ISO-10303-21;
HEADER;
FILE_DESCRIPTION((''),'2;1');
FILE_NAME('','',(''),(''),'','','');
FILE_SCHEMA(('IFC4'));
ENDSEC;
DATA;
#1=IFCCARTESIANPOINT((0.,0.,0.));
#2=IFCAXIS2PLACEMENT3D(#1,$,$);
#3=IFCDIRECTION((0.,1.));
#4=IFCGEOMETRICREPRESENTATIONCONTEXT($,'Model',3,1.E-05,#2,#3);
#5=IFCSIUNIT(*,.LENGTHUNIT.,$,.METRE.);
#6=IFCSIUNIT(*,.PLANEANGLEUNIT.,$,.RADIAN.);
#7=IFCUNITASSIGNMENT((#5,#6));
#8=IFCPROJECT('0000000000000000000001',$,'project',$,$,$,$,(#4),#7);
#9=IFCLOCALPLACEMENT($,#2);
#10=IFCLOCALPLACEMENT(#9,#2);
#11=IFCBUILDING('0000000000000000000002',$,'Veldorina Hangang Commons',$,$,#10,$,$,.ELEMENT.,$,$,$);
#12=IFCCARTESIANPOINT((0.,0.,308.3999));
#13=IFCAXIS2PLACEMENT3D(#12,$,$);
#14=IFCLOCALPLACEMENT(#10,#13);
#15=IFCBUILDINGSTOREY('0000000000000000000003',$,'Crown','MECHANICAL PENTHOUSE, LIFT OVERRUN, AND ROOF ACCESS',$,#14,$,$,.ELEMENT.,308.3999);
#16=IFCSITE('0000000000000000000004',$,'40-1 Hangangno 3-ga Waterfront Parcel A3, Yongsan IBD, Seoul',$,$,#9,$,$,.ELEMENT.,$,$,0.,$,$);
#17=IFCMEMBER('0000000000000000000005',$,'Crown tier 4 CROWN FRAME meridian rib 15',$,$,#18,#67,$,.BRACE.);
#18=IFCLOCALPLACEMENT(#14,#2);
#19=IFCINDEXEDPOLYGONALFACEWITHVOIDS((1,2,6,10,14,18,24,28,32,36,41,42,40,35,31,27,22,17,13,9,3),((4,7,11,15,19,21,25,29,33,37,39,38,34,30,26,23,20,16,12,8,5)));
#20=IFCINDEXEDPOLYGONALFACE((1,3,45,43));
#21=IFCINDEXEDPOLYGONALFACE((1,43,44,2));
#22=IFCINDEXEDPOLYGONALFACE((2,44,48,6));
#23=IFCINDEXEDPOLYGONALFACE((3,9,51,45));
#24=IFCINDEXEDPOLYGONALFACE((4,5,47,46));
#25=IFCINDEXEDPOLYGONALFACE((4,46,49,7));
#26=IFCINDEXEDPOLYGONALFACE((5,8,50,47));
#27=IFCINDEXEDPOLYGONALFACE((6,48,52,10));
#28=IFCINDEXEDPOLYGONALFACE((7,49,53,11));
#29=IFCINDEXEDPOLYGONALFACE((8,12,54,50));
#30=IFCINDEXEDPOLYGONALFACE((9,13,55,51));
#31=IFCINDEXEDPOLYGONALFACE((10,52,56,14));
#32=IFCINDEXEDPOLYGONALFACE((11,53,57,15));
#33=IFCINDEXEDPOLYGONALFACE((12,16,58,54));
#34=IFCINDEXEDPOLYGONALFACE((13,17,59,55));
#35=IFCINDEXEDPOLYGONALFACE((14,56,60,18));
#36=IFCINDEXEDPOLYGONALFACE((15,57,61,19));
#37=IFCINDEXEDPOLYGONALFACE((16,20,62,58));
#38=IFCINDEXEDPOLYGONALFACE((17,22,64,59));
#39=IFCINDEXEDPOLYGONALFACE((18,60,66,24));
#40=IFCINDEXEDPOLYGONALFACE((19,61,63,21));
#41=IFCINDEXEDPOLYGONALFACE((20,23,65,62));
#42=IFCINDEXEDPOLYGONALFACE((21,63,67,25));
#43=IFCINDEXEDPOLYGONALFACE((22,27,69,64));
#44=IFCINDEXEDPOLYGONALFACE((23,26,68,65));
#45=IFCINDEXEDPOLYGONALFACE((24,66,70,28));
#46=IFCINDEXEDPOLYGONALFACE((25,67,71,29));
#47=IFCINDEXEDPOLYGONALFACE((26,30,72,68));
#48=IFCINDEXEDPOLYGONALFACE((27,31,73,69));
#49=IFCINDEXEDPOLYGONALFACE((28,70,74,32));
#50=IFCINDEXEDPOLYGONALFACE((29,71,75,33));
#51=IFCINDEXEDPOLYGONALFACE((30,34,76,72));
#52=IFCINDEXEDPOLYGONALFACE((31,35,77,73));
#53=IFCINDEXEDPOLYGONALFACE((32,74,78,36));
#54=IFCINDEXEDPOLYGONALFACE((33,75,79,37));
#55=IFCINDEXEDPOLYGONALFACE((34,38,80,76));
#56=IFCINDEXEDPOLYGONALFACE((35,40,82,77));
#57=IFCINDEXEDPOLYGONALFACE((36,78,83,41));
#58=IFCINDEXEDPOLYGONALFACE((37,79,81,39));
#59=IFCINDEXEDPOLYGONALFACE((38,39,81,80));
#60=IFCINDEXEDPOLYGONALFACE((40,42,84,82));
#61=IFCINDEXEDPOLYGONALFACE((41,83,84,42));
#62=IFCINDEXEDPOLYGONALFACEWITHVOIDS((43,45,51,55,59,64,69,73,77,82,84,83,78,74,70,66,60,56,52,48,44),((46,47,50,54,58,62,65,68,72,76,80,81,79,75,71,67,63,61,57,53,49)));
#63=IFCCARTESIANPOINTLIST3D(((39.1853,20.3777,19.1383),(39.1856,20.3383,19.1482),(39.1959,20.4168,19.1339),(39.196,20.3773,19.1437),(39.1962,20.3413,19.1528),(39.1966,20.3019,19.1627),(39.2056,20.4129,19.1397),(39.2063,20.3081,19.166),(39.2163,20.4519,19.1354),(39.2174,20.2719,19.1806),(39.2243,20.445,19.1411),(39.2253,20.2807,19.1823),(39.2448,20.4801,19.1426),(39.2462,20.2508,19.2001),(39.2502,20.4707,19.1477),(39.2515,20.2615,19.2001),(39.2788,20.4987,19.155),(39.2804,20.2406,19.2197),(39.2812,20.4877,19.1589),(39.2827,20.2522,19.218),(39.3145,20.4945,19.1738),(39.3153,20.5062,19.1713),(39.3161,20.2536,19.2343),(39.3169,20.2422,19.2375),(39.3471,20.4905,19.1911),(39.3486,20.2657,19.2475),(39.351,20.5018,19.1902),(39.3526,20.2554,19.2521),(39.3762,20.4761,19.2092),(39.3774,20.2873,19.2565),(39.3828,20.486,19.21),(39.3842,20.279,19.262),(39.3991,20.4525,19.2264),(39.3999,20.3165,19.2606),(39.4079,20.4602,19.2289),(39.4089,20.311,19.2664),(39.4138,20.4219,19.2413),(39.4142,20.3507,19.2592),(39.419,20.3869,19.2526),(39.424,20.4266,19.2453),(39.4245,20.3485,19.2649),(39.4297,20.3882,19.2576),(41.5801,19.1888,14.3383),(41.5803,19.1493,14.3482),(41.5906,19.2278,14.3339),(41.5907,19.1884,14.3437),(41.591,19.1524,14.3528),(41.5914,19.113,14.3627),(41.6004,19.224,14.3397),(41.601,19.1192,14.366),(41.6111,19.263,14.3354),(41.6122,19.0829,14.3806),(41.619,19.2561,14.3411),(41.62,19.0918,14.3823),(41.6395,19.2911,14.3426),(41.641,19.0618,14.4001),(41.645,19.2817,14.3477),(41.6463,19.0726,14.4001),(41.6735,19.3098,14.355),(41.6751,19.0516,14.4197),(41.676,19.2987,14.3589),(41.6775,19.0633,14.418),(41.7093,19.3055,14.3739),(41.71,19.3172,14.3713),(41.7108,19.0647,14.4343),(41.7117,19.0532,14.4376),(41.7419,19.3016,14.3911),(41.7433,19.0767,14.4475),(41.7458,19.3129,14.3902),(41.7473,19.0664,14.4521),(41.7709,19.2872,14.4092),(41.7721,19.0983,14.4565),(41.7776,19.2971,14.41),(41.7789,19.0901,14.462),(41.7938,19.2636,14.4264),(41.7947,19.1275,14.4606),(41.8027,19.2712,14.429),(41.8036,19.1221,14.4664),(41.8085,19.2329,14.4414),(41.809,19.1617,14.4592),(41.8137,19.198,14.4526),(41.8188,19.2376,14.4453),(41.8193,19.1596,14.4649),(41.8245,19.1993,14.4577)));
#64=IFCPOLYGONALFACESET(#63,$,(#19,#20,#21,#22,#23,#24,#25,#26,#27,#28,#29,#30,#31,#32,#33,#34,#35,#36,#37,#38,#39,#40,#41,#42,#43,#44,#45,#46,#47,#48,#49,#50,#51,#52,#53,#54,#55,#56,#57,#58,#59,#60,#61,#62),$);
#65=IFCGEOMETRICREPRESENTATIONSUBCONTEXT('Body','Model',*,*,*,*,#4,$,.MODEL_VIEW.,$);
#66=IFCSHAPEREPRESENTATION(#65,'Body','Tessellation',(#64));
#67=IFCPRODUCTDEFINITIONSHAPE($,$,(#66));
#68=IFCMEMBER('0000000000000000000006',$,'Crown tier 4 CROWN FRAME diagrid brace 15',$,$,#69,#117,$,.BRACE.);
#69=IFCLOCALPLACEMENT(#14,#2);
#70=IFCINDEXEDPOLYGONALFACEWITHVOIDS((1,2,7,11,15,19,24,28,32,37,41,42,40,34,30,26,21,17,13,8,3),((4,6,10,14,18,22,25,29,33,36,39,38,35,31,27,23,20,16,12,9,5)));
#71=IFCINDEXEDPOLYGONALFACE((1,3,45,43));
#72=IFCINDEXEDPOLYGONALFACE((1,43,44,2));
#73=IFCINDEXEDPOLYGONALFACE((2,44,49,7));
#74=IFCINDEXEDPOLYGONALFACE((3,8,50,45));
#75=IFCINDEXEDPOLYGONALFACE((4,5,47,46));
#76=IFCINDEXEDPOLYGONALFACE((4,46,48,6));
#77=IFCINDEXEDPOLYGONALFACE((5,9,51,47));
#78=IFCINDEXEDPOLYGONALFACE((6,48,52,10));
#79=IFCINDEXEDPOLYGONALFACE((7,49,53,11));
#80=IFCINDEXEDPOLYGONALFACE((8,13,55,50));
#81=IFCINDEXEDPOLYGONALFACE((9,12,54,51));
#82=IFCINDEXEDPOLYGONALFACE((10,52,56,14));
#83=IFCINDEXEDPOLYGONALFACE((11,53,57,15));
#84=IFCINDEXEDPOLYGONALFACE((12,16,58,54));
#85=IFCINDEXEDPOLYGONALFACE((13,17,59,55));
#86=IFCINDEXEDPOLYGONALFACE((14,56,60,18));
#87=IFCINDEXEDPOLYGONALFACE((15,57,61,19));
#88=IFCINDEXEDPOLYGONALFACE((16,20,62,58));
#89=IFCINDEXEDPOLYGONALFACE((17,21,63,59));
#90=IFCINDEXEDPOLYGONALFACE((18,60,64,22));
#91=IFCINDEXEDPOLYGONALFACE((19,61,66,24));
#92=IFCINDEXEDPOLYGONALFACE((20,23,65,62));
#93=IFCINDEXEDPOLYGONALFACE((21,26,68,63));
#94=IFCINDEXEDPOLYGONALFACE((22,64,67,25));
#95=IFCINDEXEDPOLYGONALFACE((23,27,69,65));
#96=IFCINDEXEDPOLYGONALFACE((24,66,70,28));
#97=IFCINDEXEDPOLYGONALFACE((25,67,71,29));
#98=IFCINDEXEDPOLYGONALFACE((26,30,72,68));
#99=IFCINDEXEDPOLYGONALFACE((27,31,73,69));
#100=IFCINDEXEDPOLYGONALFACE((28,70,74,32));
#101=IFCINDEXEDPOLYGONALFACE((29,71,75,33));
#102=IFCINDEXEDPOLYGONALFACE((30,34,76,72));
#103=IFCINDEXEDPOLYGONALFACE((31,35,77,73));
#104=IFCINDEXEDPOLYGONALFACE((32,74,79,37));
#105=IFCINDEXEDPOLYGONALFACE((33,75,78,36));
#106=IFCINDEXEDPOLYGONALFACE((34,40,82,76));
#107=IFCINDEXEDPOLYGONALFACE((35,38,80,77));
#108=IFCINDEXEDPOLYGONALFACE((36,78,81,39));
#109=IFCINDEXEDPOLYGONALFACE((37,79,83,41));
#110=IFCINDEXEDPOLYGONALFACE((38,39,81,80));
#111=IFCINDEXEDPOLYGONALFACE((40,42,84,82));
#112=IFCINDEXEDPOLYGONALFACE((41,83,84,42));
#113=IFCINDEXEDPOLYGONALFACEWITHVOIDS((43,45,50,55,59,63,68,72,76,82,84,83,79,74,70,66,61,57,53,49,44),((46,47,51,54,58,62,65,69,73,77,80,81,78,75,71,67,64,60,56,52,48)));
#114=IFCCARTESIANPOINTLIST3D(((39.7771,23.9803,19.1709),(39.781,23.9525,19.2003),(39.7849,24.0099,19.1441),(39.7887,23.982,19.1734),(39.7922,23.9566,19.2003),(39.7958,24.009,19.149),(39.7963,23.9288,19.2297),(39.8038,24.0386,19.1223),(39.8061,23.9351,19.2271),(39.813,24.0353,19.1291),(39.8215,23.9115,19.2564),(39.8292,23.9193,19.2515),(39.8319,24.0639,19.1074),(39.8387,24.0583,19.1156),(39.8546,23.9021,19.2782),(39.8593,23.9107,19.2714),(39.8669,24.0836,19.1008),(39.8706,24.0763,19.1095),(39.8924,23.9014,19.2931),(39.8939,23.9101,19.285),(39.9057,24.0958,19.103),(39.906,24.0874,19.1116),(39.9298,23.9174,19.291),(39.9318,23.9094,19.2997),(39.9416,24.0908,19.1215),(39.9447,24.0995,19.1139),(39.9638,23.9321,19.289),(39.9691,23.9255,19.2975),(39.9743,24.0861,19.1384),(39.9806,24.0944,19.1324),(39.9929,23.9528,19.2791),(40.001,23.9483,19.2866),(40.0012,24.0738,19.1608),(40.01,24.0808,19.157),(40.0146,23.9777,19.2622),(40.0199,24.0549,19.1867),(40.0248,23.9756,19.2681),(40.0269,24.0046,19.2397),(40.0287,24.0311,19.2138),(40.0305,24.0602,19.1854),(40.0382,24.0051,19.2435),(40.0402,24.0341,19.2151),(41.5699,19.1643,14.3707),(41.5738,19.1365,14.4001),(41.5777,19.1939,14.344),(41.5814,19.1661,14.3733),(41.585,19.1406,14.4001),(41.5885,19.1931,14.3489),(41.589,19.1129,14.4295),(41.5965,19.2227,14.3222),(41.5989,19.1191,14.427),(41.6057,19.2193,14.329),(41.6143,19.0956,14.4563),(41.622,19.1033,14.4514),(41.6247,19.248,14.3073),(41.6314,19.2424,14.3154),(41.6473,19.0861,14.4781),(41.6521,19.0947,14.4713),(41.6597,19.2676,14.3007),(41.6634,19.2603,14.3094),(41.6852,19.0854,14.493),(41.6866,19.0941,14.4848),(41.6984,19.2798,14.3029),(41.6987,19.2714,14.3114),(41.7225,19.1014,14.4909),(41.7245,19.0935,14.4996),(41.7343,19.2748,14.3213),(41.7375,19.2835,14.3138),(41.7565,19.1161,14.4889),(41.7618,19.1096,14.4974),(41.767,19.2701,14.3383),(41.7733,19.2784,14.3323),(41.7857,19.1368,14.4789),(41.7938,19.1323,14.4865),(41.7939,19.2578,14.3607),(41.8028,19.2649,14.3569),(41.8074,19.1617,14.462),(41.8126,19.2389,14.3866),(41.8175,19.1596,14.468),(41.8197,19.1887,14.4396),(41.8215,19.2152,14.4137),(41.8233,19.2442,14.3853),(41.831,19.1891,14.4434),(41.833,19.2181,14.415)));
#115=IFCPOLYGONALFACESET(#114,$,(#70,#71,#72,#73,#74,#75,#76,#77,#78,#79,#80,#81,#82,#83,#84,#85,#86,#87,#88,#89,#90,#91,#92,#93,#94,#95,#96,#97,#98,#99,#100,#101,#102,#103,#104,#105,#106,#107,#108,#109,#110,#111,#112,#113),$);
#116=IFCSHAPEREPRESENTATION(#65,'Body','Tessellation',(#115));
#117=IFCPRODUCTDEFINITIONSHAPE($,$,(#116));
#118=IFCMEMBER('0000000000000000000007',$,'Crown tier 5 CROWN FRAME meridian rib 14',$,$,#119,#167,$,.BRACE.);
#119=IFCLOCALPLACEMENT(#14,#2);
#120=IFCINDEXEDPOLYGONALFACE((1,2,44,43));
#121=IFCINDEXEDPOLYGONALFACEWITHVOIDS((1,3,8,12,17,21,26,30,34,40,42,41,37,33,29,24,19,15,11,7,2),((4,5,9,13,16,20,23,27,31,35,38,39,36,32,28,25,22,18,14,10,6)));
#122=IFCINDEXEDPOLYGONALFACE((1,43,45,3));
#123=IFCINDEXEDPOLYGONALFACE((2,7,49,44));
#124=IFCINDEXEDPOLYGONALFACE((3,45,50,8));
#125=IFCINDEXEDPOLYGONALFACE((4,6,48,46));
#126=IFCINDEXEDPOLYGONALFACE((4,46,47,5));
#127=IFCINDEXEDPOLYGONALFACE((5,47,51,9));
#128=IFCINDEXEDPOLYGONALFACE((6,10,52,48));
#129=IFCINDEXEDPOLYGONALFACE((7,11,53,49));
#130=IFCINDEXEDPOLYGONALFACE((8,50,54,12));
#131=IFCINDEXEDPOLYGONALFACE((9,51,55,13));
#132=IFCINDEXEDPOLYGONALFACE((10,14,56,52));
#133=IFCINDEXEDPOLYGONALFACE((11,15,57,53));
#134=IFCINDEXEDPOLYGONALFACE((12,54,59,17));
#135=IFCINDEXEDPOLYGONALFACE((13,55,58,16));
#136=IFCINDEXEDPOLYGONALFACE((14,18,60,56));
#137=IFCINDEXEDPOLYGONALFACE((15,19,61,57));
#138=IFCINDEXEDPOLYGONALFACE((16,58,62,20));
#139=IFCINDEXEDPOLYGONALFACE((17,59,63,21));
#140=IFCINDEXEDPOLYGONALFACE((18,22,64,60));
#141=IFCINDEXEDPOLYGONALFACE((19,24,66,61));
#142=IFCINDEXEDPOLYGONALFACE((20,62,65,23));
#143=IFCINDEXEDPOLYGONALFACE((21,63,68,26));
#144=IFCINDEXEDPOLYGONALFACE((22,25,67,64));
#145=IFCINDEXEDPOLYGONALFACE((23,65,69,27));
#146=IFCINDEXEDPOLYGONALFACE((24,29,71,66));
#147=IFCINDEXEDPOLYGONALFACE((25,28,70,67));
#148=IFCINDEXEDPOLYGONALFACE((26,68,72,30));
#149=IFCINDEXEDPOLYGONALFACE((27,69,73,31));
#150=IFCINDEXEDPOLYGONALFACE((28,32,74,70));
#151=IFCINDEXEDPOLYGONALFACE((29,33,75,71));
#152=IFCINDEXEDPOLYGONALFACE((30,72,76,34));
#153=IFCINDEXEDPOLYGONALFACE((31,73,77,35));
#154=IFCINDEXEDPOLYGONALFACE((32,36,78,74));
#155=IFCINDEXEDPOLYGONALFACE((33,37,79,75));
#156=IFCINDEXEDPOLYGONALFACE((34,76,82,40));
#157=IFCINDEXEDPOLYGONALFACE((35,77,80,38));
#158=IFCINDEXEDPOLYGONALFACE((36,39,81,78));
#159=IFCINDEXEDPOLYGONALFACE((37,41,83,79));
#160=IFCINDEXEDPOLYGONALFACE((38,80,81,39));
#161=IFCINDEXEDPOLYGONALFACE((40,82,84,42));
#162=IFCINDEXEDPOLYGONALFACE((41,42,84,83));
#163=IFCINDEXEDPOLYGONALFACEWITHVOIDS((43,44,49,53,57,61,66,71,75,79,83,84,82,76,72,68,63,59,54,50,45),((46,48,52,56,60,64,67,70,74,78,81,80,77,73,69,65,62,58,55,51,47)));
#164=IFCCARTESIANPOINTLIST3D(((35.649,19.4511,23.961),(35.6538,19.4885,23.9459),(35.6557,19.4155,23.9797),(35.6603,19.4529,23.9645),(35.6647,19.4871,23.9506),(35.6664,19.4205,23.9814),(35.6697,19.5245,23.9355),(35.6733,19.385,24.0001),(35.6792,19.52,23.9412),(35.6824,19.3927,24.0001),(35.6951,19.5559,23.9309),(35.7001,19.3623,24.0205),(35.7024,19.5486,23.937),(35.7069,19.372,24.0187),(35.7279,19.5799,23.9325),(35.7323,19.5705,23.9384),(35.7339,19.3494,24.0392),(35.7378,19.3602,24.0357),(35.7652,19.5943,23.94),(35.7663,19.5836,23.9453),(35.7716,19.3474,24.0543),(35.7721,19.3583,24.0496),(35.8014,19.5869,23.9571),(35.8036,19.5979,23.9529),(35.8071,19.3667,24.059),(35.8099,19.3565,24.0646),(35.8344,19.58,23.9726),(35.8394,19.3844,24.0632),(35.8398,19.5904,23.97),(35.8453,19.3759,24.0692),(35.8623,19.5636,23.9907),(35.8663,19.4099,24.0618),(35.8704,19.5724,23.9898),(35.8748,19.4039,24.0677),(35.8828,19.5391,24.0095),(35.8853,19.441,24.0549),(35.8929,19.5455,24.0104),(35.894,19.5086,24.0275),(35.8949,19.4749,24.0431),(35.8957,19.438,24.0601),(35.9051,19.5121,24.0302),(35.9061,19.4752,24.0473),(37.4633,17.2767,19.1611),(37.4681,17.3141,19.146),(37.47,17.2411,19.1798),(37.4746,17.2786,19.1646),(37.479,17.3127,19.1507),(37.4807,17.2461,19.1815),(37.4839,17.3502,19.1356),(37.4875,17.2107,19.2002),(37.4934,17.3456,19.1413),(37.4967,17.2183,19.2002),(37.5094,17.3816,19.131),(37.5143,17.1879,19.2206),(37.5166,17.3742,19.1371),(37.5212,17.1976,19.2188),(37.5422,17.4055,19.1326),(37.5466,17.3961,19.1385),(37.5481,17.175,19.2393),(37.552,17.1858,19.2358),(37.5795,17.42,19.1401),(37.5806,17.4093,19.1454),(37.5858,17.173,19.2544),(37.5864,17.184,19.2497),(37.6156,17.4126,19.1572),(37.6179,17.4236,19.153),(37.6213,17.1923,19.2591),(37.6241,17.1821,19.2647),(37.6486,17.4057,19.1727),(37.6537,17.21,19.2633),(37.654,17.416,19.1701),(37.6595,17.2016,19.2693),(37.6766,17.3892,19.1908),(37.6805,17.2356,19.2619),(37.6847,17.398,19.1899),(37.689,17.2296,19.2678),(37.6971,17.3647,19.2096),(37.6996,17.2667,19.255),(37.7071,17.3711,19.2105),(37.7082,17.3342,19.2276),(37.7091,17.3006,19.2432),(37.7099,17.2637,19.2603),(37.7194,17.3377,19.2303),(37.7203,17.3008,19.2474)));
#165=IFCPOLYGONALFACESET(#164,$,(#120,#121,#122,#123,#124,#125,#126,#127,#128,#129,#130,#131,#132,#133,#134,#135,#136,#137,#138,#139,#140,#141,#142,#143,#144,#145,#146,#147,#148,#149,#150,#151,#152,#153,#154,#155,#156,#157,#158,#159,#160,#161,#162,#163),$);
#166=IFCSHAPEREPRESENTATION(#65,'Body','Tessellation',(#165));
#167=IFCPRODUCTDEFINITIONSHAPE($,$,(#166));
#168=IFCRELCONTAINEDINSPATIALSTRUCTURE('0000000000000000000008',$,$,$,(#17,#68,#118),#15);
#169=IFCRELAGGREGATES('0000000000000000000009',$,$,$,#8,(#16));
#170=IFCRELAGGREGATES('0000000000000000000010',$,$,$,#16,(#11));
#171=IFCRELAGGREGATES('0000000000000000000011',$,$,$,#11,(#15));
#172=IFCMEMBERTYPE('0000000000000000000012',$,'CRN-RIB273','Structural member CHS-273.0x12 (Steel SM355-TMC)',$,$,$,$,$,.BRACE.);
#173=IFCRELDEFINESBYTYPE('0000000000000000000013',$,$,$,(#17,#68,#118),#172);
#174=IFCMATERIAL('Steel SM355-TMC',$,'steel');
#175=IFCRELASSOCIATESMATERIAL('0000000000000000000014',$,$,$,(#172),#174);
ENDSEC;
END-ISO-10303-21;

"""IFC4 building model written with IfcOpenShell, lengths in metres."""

from ifc_helpers import new_model, si_unit, direction, frame, origin, origin_2d, place, context, subcontext, project, spatial, hollow_circle, extrude, material, material_profile, profile_set, type_object, element, save


model = new_model("IFC4")

# Units and contexts
model_context = context("Model", 3, precision=1e-05, world=origin(), true_north=direction((0.0, 1.0)))
body_context = subcontext(model_context, "Body", "Model", "MODEL_VIEW")
ifc_project = project(units=[si_unit("LENGTHUNIT", "METRE"), si_unit("PLANEANGLEUNIT", "RADIAN")], contexts=[model_context])

# Site, building, storey
site_placement = place(None, origin())
site = spatial("IfcSite", under=ifc_project, at=site_placement, Name="40-1 Hangangno 3-ga Waterfront Parcel A3, Yongsan IBD, Seoul", CompositionType="ELEMENT", RefElevation=0.0)
building_placement = place(site_placement, origin())
building = spatial("IfcBuilding", under=site, at=building_placement, Name="Veldorina Hangang Commons", CompositionType="ELEMENT")
storey_placement = place(building_placement, frame((0.0, 0.0, 308.3999)))
storey = spatial("IfcBuildingStorey", under=building, at=storey_placement, Name="Crown", Description="MECHANICAL PENTHOUSE, LIFT OVERRUN, AND ROOF ACCESS", CompositionType="ELEMENT", Elevation=308.3999)

# Members
ifc_material_1 = material(Name="Steel SM355-TMC", Category="steel")
ifc_material_profile_1 = material_profile(ifc_material_1, hollow_circle(Radius=0.1365, WallThickness=0.012, at=origin_2d()), Name="CHS-273.0x12")
ifc_profile_set_1 = profile_set([ifc_material_profile_1], Name="Steel SM355-TMC")
member_type_1 = type_object("IfcMemberType", Name="CRN-RIB273", Description="Structural member CHS-273.0x12 (Steel SM355-TMC)", PredefinedType="BRACE", material=ifc_profile_set_1)
member_1_placement = place(storey_placement, frame((41.7017, 19.1841, 14.4001), z_axis=(-0.435853, 0.216394, 0.873617), x_axis=(-0.444692, -0.895684, 0.0)))
element("IfcMember", 1, at=member_1_placement, inside=storey, type_object=member_type_1, Name="Crown tier 4 CROWN FRAME meridian rib 15", PredefinedType="BRACE", context=body_context, shape_type="SweptSolid", body=[
    extrude(hollow_circle(Radius=0.1365, WallThickness=0.012, at=origin_2d()), origin(), (0.0, 0.0, 1.0), 5.4944),
])
member_2_placement = place(storey_placement, frame((41.7017, 19.1841, 14.4001), z_axis=(-0.254942, 0.684869, 0.682612), x_axis=(-0.937174, -0.348863, 0.0)))
element("IfcMember", 2, at=member_2_placement, inside=storey, type_object=member_type_1, Name="Crown tier 4 CROWN FRAME diagrid brace 15", PredefinedType="BRACE", context=body_context, shape_type="SweptSolid", body=[
    extrude(hollow_circle(Radius=0.1365, WallThickness=0.012, at=origin_2d()), origin(), (0.0, 0.0, 1.0), 7.032),
])
member_3_placement = place(storey_placement, frame((37.5923, 17.2981, 19.2002), z_axis=(-0.325542, 0.390159, 0.861277), x_axis=(-0.767825, -0.640659, 0.0)))
element("IfcMember", 3, at=member_3_placement, inside=storey, type_object=member_type_1, Name="Crown tier 5 CROWN FRAME meridian rib 14", PredefinedType="BRACE", context=body_context, shape_type="SweptSolid", body=[
    extrude(hollow_circle(Radius=0.1365, WallThickness=0.012, at=origin_2d()), origin(), (0.0, 0.0, 1.0), 5.573),
])

save(model, "model.ifc")
